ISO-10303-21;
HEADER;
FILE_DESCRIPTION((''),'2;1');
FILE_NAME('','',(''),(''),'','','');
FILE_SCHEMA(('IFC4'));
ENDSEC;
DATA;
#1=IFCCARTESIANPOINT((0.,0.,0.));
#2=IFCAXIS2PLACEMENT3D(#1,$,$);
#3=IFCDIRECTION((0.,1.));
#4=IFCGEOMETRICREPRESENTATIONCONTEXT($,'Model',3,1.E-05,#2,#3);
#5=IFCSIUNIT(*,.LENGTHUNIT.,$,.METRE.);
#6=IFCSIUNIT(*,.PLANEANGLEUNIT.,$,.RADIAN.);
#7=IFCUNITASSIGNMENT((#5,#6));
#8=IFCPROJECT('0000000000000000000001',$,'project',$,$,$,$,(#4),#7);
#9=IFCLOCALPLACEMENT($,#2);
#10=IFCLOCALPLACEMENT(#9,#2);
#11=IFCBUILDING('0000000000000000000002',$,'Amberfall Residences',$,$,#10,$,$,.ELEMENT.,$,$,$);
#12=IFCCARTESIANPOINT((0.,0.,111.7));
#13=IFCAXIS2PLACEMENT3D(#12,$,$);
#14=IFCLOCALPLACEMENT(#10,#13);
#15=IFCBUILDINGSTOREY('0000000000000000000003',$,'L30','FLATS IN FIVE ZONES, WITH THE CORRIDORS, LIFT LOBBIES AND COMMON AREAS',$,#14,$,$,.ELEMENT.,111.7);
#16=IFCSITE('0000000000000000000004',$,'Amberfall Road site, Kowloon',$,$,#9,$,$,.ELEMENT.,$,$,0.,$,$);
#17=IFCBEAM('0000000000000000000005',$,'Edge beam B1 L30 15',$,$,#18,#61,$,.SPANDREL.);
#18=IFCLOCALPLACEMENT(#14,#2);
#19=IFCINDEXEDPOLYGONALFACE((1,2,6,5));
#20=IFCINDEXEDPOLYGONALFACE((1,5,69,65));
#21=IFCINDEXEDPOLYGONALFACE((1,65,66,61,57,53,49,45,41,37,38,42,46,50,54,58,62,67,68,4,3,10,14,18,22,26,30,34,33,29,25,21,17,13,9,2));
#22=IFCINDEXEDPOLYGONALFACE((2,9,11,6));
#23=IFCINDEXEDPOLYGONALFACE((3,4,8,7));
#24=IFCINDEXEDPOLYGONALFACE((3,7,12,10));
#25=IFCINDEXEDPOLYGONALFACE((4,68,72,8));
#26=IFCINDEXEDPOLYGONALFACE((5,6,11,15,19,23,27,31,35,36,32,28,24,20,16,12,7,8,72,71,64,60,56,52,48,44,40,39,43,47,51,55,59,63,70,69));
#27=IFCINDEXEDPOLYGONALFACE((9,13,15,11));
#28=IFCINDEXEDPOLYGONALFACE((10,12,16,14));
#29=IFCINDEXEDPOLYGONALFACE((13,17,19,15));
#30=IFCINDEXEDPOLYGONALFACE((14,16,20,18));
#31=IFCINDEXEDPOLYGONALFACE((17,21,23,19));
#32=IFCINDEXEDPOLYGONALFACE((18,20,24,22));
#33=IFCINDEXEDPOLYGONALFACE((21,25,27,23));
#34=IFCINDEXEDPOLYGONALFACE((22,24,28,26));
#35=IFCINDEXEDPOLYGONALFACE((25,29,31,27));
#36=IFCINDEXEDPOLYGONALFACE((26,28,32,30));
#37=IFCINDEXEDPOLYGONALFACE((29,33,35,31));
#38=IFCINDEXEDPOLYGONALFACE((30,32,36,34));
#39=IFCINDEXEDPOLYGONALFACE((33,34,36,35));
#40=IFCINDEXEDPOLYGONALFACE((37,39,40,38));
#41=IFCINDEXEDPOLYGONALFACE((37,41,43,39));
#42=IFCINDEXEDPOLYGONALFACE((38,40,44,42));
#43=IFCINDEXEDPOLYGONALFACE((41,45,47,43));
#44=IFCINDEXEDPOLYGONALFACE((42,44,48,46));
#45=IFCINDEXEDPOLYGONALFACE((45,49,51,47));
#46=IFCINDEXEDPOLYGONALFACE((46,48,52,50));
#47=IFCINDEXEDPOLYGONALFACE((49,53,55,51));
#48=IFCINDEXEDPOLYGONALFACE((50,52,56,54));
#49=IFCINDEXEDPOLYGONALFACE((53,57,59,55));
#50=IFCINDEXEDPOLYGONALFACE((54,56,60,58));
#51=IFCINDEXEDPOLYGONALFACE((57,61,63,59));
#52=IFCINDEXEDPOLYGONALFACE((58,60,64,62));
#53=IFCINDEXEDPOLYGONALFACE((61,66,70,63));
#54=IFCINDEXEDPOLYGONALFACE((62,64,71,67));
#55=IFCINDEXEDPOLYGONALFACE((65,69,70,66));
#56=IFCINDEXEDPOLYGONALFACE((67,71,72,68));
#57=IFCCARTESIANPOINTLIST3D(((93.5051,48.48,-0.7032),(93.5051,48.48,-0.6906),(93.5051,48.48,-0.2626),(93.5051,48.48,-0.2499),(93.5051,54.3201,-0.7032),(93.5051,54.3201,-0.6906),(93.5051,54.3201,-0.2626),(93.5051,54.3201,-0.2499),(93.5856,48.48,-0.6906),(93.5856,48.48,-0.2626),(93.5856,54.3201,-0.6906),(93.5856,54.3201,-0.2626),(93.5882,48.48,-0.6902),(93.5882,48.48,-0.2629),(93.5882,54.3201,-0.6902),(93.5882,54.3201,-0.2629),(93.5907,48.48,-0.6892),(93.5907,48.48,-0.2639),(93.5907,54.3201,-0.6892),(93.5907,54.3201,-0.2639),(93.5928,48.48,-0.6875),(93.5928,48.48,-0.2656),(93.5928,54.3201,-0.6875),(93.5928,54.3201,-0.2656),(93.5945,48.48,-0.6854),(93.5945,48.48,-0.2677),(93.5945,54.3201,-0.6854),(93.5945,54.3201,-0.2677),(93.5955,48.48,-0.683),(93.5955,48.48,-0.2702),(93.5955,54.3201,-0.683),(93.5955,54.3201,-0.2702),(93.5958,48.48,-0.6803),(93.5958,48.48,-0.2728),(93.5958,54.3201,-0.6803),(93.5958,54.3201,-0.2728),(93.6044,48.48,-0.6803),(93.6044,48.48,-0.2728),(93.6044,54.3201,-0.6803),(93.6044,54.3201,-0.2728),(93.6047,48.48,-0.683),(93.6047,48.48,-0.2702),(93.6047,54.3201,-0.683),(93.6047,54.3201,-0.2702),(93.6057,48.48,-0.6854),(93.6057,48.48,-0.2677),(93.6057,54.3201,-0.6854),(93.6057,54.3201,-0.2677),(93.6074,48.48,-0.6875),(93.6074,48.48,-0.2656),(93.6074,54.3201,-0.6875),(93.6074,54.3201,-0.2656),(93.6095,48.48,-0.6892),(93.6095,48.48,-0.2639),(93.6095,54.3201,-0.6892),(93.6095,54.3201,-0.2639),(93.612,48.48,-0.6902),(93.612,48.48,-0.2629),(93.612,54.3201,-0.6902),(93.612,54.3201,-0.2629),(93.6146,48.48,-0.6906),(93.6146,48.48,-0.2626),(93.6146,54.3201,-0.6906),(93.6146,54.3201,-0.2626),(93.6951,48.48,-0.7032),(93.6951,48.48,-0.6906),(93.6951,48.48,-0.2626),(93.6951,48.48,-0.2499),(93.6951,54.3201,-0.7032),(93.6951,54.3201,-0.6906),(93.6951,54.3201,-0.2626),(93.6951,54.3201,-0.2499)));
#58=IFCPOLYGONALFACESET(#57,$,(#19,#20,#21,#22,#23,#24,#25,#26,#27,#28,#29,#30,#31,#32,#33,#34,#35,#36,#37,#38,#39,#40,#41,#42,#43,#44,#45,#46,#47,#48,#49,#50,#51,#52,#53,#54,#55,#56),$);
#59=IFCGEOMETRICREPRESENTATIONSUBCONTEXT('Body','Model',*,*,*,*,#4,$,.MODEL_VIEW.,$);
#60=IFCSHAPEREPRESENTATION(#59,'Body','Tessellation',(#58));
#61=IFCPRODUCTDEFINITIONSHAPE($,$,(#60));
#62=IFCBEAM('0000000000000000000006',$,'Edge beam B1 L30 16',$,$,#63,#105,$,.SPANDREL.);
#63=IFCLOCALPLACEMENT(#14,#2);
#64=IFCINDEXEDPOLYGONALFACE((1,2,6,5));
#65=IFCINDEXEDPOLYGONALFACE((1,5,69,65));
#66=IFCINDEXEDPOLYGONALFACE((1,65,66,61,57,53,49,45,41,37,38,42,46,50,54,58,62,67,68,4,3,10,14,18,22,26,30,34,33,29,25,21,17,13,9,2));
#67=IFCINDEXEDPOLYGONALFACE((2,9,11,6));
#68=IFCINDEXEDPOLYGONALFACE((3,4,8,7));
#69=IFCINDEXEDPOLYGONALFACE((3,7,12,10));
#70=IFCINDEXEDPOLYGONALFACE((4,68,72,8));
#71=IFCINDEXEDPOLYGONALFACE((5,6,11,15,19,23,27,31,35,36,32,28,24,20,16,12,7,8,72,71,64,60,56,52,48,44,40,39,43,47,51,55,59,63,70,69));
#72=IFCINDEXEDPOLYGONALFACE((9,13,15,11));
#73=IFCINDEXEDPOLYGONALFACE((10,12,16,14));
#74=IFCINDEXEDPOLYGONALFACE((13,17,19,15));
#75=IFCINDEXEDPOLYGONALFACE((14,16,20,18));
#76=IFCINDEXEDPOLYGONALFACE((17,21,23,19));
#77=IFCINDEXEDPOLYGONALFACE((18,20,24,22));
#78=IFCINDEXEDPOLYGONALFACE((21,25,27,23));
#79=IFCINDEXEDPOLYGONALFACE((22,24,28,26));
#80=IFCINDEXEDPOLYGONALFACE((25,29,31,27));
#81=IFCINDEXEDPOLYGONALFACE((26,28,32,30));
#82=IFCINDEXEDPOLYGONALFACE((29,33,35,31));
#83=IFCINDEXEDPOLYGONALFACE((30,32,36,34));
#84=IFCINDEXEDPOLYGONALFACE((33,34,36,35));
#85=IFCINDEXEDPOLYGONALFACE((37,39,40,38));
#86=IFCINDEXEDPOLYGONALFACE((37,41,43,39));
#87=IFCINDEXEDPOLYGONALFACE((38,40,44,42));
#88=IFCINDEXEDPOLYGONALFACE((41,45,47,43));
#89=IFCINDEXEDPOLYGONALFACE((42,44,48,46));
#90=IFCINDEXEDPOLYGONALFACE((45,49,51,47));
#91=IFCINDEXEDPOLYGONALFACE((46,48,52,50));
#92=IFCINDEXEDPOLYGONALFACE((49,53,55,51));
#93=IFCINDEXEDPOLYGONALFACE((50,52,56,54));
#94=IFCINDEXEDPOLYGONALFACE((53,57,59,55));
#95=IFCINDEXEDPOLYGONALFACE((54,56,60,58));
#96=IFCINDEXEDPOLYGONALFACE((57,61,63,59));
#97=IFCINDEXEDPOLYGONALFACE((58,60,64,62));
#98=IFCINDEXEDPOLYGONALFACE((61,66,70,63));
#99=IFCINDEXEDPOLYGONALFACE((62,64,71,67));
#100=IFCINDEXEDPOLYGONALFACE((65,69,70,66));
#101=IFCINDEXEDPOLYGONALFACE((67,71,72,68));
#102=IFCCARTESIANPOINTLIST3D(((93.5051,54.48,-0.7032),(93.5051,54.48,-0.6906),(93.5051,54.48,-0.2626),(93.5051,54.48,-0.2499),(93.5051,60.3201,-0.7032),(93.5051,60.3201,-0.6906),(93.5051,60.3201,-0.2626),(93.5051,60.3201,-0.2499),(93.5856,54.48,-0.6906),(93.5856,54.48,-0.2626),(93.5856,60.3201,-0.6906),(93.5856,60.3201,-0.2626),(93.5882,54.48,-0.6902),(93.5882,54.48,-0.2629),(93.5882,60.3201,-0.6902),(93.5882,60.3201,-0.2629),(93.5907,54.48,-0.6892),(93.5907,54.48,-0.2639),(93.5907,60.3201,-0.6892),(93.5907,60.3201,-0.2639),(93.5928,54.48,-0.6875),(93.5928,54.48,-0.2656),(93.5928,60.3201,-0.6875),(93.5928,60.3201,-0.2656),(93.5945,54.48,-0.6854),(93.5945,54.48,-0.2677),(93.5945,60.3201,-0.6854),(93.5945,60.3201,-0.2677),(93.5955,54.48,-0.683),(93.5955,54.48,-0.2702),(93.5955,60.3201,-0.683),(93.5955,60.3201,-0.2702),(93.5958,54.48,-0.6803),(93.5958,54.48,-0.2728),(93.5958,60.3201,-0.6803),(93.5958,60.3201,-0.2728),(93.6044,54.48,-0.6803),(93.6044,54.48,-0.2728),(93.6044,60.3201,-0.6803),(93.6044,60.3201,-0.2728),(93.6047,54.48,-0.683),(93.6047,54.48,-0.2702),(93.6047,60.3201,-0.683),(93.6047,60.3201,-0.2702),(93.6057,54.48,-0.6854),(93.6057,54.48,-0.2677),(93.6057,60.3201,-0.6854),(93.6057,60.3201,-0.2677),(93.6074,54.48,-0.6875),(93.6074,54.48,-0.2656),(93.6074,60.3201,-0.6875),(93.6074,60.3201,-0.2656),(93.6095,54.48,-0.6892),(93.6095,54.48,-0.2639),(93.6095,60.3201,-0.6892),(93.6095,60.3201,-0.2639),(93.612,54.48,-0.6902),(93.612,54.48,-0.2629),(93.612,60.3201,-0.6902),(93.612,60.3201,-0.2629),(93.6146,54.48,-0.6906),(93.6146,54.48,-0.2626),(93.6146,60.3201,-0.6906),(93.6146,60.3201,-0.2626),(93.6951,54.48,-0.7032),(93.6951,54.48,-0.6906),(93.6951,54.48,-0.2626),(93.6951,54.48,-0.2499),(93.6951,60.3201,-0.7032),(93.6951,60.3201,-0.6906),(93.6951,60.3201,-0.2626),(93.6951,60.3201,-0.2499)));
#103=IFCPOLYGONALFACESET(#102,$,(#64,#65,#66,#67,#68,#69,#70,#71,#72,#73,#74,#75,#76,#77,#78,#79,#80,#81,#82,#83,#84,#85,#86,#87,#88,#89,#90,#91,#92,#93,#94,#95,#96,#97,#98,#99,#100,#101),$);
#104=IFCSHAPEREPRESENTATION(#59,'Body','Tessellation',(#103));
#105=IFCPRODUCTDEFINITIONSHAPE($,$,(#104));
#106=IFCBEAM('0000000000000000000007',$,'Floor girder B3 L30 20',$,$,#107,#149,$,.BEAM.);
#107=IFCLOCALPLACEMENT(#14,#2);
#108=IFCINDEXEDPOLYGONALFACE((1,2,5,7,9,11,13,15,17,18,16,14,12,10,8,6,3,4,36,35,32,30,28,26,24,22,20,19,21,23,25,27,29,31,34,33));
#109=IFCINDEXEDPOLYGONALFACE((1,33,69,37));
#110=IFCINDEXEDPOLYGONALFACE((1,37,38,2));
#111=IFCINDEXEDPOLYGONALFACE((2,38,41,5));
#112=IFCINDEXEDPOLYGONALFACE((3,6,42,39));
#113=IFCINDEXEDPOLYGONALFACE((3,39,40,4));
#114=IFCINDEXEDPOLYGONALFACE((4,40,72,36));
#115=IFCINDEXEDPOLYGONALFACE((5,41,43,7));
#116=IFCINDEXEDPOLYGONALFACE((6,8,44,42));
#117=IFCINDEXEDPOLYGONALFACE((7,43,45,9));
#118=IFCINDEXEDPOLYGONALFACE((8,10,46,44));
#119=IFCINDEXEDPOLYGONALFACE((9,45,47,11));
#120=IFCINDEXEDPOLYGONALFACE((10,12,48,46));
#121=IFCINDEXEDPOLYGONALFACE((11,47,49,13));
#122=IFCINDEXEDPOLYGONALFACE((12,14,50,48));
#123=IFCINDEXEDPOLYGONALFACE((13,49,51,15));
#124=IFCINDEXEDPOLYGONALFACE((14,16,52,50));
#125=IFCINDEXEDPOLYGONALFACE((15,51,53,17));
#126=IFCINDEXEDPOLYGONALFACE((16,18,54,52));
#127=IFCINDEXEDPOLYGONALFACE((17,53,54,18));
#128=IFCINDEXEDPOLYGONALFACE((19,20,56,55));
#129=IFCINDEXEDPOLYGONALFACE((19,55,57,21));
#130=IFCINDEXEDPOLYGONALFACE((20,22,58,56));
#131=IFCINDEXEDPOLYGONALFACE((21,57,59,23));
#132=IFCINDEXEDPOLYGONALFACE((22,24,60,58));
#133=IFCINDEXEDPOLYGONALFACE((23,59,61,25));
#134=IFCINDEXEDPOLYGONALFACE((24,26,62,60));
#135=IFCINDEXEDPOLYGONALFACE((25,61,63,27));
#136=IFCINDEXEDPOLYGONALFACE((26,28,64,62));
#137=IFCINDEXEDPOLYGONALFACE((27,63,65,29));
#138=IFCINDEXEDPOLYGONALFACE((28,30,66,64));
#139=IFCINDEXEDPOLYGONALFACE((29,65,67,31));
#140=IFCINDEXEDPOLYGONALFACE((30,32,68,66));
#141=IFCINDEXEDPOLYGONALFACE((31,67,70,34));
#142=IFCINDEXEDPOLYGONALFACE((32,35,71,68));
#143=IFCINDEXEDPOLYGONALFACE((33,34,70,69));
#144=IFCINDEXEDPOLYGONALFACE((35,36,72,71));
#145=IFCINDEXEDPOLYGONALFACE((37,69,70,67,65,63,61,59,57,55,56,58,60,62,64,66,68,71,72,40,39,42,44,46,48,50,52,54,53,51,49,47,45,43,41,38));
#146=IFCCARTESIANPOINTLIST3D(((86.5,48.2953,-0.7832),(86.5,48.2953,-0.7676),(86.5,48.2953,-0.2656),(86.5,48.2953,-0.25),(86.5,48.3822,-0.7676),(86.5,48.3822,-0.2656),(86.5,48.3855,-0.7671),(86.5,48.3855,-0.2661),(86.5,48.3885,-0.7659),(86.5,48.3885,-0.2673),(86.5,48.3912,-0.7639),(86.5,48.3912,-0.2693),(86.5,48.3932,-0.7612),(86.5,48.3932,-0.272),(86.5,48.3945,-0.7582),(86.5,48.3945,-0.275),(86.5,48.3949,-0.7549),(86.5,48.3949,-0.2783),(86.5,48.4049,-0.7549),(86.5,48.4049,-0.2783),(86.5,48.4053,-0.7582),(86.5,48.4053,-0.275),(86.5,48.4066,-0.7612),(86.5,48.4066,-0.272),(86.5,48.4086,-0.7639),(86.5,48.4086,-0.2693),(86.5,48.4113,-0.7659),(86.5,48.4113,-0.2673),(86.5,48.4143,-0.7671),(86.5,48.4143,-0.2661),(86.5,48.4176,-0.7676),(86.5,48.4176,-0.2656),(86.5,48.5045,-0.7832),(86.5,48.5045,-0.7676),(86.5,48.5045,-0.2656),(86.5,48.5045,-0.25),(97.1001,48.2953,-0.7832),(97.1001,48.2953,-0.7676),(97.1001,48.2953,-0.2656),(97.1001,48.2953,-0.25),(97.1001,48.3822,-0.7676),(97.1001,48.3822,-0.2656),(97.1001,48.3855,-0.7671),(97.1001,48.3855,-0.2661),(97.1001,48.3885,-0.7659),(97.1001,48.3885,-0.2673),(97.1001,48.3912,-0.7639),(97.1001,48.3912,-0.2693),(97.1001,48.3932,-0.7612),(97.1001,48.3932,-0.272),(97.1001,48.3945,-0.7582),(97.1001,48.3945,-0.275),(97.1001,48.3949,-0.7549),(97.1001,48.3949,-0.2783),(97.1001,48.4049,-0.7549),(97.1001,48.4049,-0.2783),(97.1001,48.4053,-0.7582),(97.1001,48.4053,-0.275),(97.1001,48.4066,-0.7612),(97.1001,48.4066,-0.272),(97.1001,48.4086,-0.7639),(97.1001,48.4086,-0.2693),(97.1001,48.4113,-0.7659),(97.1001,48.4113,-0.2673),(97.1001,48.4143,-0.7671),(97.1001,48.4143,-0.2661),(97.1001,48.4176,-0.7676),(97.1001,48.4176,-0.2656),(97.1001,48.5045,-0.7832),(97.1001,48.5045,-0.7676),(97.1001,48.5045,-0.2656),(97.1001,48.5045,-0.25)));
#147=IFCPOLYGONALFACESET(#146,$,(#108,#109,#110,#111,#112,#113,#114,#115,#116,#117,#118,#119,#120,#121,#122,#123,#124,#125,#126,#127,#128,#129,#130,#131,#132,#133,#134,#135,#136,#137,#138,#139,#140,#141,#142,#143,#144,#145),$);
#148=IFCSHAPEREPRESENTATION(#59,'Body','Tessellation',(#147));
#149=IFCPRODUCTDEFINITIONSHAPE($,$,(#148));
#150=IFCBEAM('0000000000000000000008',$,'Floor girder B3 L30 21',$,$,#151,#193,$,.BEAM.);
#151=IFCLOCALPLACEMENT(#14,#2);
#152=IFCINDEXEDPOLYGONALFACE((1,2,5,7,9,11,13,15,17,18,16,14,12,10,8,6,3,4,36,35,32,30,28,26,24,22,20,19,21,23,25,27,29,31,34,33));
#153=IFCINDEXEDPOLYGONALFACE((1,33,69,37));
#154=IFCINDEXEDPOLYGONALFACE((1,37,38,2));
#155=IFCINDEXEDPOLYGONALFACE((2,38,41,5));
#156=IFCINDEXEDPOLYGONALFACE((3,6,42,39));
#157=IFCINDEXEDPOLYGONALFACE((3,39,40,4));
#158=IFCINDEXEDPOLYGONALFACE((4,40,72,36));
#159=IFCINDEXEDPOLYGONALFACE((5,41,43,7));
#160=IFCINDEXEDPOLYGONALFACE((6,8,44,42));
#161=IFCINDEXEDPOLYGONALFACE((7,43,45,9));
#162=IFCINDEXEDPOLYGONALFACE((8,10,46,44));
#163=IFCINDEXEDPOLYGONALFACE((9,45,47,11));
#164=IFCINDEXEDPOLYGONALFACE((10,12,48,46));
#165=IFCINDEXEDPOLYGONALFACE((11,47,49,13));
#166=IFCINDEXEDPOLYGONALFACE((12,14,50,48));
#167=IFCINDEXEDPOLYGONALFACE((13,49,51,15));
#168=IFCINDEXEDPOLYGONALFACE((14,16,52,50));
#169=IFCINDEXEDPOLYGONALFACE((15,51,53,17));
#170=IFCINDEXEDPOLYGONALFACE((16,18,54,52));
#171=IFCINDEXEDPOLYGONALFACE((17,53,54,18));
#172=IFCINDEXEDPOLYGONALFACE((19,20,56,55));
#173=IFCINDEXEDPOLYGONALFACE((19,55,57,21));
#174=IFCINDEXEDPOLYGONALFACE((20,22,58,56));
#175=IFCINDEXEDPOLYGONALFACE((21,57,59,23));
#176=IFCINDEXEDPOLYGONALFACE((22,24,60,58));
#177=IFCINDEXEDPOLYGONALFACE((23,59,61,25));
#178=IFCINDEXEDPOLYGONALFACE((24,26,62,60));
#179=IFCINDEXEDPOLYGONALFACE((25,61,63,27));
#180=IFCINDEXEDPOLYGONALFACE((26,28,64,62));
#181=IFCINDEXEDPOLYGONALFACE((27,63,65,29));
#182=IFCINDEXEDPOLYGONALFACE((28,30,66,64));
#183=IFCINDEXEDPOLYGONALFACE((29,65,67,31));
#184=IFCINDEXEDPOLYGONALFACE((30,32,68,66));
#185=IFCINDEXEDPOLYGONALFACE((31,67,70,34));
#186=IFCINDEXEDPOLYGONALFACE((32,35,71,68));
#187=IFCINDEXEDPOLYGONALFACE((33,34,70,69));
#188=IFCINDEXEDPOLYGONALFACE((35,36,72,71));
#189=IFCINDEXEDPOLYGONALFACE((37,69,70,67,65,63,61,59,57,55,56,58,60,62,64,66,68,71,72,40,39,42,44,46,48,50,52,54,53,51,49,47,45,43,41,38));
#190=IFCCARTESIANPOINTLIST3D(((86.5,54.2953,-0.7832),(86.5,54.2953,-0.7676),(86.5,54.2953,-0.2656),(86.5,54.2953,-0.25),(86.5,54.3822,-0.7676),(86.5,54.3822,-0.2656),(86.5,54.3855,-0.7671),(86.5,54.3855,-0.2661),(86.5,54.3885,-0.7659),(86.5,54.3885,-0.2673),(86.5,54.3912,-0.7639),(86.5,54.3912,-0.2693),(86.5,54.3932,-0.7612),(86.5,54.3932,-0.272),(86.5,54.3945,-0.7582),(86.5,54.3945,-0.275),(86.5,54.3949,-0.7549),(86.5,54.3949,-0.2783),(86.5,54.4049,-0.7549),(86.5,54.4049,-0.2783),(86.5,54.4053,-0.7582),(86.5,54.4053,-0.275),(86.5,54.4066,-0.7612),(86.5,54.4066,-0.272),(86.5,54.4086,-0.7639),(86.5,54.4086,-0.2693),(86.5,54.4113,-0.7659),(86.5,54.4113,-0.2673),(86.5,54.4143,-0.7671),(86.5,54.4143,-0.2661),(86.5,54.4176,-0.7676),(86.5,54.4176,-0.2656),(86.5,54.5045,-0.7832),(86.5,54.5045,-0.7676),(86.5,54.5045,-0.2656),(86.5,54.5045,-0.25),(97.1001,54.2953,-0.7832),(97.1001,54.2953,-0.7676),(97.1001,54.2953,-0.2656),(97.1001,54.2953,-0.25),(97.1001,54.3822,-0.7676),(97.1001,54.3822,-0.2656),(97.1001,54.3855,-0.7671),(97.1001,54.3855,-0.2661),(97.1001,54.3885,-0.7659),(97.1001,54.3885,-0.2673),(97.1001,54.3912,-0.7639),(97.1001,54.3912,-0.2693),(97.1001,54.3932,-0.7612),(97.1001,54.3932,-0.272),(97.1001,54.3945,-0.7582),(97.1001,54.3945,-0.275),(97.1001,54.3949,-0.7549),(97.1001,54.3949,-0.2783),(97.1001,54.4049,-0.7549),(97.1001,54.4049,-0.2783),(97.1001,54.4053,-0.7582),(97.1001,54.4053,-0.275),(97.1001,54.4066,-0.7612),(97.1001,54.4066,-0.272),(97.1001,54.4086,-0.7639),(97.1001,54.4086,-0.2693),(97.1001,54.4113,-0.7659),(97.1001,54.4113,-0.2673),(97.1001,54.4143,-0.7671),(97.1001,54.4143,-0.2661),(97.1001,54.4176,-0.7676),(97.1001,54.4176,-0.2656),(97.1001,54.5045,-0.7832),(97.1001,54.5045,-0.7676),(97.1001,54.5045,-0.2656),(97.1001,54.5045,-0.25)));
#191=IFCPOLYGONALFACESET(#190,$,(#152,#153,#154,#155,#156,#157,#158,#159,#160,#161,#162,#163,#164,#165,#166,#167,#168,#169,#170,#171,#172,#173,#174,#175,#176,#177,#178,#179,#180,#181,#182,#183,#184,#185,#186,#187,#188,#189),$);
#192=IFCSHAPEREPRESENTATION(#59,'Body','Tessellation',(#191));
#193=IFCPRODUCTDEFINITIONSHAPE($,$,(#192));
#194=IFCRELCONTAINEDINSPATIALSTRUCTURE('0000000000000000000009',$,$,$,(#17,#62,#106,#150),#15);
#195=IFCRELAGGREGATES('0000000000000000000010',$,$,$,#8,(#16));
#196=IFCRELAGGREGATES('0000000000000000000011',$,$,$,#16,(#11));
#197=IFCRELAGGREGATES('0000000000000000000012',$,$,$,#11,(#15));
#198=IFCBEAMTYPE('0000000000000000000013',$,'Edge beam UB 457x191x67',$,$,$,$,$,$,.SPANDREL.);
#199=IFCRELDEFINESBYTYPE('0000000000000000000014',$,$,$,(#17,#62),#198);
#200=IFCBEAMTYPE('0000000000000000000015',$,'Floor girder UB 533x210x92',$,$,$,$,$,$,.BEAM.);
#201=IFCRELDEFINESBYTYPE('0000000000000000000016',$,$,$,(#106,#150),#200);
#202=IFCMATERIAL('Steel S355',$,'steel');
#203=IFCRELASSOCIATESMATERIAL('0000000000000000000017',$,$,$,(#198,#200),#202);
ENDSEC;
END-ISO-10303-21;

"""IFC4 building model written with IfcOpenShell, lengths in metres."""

from ifc_helpers import new_model, si_unit, direction, frame, origin, origin_2d, place, context, subcontext, project, spatial, i_section, extrude, material, material_profile, profile_set, type_object, element, save


model = new_model("IFC4")

# Units and contexts
model_context = context("Model", 3, precision=1e-05, world=origin(), true_north=direction((0.0, 1.0)))
body_context = subcontext(model_context, "Body", "Model", "MODEL_VIEW")
ifc_project = project(units=[si_unit("LENGTHUNIT", "METRE"), si_unit("PLANEANGLEUNIT", "RADIAN")], contexts=[model_context])

# Site, building, storey
site_placement = place(None, origin())
site = spatial("IfcSite", under=ifc_project, at=site_placement, Name="Amberfall Road site, Kowloon", CompositionType="ELEMENT", RefElevation=0.0)
building_placement = place(site_placement, origin())
building = spatial("IfcBuilding", under=site, at=building_placement, Name="Amberfall Residences", CompositionType="ELEMENT")
storey_placement = place(building_placement, frame((0.0, 0.0, 111.7)))
storey = spatial("IfcBuildingStorey", under=building, at=storey_placement, Name="L30", Description="FLATS IN FIVE ZONES, WITH THE CORRIDORS, LIFT LOBBIES AND COMMON AREAS", CompositionType="ELEMENT", Elevation=111.7)

# Beams
ifc_material_1 = material(Name="Steel S355", Category="steel")
ifc_material_profile_1 = material_profile(ifc_material_1, i_section(OverallWidth=0.1899, OverallDepth=0.4534, WebThickness=0.0085, FlangeThickness=0.0127, FilletRadius=0.0103, at=origin_2d()), Name="UB 457x191x67")
ifc_profile_set_1 = profile_set([ifc_material_profile_1], Name="Steel S355")
beam_type_1 = type_object("IfcBeamType", Name="Edge beam UB 457x191x67", PredefinedType="SPANDREL", material=ifc_profile_set_1)
for number, where, z_axis, x_axis, name in (
    (1, (93.6001, 48.48, -0.4766), (0.0, 1.0, 0.0), (-1.0, 0.0, 0.0), "Edge beam B1 L30 15"),
    (2, (93.6001, 54.48, -0.4766), (0.0, 1.0, 0.0), (-1.0, 0.0, 0.0), "Edge beam B1 L30 16"),
):
    element("IfcBeam", number, at=place(storey_placement, frame(where, z_axis=z_axis, x_axis=x_axis)), inside=storey, type_object=beam_type_1, Name=name, PredefinedType="SPANDREL", context=body_context, shape_type="SweptSolid", body=[
        extrude(i_section(OverallWidth=0.1899, OverallDepth=0.4534, WebThickness=0.0085, FlangeThickness=0.0127, FilletRadius=0.0103, at=origin_2d()), origin(), (0.0, 0.0, 1.0), 5.8401),
    ])
ifc_material_profile_2 = material_profile(ifc_material_1, i_section(OverallWidth=0.2092, OverallDepth=0.5332, WebThickness=0.01, FlangeThickness=0.0156, FilletRadius=0.0127, at=origin_2d()), Name="UB 533x210x92")
ifc_profile_set_2 = profile_set([ifc_material_profile_2], Name="Steel S355")
beam_type_2 = type_object("IfcBeamType", Name="Floor girder UB 533x210x92", PredefinedType="BEAM", material=ifc_profile_set_2)
for number, where, z_axis, x_axis, name in (
    (3, (97.1001, 48.3999, -0.5166), (-1.0, 0.0, 0.0), (0.0, -1.0, 0.0), "Floor girder B3 L30 20"),
    (4, (97.1001, 54.3999, -0.5166), (-1.0, 0.0, 0.0), (0.0, -1.0, 0.0), "Floor girder B3 L30 21"),
):
    element("IfcBeam", number, at=place(storey_placement, frame(where, z_axis=z_axis, x_axis=x_axis)), inside=storey, type_object=beam_type_2, Name=name, PredefinedType="BEAM", context=body_context, shape_type="SweptSolid", body=[
        extrude(i_section(OverallWidth=0.2092, OverallDepth=0.5332, WebThickness=0.01, FlangeThickness=0.0156, FilletRadius=0.0127, at=origin_2d()), origin(), (0.0, 0.0, 1.0), 10.6001),
    ])

save(model, "model.ifc")
